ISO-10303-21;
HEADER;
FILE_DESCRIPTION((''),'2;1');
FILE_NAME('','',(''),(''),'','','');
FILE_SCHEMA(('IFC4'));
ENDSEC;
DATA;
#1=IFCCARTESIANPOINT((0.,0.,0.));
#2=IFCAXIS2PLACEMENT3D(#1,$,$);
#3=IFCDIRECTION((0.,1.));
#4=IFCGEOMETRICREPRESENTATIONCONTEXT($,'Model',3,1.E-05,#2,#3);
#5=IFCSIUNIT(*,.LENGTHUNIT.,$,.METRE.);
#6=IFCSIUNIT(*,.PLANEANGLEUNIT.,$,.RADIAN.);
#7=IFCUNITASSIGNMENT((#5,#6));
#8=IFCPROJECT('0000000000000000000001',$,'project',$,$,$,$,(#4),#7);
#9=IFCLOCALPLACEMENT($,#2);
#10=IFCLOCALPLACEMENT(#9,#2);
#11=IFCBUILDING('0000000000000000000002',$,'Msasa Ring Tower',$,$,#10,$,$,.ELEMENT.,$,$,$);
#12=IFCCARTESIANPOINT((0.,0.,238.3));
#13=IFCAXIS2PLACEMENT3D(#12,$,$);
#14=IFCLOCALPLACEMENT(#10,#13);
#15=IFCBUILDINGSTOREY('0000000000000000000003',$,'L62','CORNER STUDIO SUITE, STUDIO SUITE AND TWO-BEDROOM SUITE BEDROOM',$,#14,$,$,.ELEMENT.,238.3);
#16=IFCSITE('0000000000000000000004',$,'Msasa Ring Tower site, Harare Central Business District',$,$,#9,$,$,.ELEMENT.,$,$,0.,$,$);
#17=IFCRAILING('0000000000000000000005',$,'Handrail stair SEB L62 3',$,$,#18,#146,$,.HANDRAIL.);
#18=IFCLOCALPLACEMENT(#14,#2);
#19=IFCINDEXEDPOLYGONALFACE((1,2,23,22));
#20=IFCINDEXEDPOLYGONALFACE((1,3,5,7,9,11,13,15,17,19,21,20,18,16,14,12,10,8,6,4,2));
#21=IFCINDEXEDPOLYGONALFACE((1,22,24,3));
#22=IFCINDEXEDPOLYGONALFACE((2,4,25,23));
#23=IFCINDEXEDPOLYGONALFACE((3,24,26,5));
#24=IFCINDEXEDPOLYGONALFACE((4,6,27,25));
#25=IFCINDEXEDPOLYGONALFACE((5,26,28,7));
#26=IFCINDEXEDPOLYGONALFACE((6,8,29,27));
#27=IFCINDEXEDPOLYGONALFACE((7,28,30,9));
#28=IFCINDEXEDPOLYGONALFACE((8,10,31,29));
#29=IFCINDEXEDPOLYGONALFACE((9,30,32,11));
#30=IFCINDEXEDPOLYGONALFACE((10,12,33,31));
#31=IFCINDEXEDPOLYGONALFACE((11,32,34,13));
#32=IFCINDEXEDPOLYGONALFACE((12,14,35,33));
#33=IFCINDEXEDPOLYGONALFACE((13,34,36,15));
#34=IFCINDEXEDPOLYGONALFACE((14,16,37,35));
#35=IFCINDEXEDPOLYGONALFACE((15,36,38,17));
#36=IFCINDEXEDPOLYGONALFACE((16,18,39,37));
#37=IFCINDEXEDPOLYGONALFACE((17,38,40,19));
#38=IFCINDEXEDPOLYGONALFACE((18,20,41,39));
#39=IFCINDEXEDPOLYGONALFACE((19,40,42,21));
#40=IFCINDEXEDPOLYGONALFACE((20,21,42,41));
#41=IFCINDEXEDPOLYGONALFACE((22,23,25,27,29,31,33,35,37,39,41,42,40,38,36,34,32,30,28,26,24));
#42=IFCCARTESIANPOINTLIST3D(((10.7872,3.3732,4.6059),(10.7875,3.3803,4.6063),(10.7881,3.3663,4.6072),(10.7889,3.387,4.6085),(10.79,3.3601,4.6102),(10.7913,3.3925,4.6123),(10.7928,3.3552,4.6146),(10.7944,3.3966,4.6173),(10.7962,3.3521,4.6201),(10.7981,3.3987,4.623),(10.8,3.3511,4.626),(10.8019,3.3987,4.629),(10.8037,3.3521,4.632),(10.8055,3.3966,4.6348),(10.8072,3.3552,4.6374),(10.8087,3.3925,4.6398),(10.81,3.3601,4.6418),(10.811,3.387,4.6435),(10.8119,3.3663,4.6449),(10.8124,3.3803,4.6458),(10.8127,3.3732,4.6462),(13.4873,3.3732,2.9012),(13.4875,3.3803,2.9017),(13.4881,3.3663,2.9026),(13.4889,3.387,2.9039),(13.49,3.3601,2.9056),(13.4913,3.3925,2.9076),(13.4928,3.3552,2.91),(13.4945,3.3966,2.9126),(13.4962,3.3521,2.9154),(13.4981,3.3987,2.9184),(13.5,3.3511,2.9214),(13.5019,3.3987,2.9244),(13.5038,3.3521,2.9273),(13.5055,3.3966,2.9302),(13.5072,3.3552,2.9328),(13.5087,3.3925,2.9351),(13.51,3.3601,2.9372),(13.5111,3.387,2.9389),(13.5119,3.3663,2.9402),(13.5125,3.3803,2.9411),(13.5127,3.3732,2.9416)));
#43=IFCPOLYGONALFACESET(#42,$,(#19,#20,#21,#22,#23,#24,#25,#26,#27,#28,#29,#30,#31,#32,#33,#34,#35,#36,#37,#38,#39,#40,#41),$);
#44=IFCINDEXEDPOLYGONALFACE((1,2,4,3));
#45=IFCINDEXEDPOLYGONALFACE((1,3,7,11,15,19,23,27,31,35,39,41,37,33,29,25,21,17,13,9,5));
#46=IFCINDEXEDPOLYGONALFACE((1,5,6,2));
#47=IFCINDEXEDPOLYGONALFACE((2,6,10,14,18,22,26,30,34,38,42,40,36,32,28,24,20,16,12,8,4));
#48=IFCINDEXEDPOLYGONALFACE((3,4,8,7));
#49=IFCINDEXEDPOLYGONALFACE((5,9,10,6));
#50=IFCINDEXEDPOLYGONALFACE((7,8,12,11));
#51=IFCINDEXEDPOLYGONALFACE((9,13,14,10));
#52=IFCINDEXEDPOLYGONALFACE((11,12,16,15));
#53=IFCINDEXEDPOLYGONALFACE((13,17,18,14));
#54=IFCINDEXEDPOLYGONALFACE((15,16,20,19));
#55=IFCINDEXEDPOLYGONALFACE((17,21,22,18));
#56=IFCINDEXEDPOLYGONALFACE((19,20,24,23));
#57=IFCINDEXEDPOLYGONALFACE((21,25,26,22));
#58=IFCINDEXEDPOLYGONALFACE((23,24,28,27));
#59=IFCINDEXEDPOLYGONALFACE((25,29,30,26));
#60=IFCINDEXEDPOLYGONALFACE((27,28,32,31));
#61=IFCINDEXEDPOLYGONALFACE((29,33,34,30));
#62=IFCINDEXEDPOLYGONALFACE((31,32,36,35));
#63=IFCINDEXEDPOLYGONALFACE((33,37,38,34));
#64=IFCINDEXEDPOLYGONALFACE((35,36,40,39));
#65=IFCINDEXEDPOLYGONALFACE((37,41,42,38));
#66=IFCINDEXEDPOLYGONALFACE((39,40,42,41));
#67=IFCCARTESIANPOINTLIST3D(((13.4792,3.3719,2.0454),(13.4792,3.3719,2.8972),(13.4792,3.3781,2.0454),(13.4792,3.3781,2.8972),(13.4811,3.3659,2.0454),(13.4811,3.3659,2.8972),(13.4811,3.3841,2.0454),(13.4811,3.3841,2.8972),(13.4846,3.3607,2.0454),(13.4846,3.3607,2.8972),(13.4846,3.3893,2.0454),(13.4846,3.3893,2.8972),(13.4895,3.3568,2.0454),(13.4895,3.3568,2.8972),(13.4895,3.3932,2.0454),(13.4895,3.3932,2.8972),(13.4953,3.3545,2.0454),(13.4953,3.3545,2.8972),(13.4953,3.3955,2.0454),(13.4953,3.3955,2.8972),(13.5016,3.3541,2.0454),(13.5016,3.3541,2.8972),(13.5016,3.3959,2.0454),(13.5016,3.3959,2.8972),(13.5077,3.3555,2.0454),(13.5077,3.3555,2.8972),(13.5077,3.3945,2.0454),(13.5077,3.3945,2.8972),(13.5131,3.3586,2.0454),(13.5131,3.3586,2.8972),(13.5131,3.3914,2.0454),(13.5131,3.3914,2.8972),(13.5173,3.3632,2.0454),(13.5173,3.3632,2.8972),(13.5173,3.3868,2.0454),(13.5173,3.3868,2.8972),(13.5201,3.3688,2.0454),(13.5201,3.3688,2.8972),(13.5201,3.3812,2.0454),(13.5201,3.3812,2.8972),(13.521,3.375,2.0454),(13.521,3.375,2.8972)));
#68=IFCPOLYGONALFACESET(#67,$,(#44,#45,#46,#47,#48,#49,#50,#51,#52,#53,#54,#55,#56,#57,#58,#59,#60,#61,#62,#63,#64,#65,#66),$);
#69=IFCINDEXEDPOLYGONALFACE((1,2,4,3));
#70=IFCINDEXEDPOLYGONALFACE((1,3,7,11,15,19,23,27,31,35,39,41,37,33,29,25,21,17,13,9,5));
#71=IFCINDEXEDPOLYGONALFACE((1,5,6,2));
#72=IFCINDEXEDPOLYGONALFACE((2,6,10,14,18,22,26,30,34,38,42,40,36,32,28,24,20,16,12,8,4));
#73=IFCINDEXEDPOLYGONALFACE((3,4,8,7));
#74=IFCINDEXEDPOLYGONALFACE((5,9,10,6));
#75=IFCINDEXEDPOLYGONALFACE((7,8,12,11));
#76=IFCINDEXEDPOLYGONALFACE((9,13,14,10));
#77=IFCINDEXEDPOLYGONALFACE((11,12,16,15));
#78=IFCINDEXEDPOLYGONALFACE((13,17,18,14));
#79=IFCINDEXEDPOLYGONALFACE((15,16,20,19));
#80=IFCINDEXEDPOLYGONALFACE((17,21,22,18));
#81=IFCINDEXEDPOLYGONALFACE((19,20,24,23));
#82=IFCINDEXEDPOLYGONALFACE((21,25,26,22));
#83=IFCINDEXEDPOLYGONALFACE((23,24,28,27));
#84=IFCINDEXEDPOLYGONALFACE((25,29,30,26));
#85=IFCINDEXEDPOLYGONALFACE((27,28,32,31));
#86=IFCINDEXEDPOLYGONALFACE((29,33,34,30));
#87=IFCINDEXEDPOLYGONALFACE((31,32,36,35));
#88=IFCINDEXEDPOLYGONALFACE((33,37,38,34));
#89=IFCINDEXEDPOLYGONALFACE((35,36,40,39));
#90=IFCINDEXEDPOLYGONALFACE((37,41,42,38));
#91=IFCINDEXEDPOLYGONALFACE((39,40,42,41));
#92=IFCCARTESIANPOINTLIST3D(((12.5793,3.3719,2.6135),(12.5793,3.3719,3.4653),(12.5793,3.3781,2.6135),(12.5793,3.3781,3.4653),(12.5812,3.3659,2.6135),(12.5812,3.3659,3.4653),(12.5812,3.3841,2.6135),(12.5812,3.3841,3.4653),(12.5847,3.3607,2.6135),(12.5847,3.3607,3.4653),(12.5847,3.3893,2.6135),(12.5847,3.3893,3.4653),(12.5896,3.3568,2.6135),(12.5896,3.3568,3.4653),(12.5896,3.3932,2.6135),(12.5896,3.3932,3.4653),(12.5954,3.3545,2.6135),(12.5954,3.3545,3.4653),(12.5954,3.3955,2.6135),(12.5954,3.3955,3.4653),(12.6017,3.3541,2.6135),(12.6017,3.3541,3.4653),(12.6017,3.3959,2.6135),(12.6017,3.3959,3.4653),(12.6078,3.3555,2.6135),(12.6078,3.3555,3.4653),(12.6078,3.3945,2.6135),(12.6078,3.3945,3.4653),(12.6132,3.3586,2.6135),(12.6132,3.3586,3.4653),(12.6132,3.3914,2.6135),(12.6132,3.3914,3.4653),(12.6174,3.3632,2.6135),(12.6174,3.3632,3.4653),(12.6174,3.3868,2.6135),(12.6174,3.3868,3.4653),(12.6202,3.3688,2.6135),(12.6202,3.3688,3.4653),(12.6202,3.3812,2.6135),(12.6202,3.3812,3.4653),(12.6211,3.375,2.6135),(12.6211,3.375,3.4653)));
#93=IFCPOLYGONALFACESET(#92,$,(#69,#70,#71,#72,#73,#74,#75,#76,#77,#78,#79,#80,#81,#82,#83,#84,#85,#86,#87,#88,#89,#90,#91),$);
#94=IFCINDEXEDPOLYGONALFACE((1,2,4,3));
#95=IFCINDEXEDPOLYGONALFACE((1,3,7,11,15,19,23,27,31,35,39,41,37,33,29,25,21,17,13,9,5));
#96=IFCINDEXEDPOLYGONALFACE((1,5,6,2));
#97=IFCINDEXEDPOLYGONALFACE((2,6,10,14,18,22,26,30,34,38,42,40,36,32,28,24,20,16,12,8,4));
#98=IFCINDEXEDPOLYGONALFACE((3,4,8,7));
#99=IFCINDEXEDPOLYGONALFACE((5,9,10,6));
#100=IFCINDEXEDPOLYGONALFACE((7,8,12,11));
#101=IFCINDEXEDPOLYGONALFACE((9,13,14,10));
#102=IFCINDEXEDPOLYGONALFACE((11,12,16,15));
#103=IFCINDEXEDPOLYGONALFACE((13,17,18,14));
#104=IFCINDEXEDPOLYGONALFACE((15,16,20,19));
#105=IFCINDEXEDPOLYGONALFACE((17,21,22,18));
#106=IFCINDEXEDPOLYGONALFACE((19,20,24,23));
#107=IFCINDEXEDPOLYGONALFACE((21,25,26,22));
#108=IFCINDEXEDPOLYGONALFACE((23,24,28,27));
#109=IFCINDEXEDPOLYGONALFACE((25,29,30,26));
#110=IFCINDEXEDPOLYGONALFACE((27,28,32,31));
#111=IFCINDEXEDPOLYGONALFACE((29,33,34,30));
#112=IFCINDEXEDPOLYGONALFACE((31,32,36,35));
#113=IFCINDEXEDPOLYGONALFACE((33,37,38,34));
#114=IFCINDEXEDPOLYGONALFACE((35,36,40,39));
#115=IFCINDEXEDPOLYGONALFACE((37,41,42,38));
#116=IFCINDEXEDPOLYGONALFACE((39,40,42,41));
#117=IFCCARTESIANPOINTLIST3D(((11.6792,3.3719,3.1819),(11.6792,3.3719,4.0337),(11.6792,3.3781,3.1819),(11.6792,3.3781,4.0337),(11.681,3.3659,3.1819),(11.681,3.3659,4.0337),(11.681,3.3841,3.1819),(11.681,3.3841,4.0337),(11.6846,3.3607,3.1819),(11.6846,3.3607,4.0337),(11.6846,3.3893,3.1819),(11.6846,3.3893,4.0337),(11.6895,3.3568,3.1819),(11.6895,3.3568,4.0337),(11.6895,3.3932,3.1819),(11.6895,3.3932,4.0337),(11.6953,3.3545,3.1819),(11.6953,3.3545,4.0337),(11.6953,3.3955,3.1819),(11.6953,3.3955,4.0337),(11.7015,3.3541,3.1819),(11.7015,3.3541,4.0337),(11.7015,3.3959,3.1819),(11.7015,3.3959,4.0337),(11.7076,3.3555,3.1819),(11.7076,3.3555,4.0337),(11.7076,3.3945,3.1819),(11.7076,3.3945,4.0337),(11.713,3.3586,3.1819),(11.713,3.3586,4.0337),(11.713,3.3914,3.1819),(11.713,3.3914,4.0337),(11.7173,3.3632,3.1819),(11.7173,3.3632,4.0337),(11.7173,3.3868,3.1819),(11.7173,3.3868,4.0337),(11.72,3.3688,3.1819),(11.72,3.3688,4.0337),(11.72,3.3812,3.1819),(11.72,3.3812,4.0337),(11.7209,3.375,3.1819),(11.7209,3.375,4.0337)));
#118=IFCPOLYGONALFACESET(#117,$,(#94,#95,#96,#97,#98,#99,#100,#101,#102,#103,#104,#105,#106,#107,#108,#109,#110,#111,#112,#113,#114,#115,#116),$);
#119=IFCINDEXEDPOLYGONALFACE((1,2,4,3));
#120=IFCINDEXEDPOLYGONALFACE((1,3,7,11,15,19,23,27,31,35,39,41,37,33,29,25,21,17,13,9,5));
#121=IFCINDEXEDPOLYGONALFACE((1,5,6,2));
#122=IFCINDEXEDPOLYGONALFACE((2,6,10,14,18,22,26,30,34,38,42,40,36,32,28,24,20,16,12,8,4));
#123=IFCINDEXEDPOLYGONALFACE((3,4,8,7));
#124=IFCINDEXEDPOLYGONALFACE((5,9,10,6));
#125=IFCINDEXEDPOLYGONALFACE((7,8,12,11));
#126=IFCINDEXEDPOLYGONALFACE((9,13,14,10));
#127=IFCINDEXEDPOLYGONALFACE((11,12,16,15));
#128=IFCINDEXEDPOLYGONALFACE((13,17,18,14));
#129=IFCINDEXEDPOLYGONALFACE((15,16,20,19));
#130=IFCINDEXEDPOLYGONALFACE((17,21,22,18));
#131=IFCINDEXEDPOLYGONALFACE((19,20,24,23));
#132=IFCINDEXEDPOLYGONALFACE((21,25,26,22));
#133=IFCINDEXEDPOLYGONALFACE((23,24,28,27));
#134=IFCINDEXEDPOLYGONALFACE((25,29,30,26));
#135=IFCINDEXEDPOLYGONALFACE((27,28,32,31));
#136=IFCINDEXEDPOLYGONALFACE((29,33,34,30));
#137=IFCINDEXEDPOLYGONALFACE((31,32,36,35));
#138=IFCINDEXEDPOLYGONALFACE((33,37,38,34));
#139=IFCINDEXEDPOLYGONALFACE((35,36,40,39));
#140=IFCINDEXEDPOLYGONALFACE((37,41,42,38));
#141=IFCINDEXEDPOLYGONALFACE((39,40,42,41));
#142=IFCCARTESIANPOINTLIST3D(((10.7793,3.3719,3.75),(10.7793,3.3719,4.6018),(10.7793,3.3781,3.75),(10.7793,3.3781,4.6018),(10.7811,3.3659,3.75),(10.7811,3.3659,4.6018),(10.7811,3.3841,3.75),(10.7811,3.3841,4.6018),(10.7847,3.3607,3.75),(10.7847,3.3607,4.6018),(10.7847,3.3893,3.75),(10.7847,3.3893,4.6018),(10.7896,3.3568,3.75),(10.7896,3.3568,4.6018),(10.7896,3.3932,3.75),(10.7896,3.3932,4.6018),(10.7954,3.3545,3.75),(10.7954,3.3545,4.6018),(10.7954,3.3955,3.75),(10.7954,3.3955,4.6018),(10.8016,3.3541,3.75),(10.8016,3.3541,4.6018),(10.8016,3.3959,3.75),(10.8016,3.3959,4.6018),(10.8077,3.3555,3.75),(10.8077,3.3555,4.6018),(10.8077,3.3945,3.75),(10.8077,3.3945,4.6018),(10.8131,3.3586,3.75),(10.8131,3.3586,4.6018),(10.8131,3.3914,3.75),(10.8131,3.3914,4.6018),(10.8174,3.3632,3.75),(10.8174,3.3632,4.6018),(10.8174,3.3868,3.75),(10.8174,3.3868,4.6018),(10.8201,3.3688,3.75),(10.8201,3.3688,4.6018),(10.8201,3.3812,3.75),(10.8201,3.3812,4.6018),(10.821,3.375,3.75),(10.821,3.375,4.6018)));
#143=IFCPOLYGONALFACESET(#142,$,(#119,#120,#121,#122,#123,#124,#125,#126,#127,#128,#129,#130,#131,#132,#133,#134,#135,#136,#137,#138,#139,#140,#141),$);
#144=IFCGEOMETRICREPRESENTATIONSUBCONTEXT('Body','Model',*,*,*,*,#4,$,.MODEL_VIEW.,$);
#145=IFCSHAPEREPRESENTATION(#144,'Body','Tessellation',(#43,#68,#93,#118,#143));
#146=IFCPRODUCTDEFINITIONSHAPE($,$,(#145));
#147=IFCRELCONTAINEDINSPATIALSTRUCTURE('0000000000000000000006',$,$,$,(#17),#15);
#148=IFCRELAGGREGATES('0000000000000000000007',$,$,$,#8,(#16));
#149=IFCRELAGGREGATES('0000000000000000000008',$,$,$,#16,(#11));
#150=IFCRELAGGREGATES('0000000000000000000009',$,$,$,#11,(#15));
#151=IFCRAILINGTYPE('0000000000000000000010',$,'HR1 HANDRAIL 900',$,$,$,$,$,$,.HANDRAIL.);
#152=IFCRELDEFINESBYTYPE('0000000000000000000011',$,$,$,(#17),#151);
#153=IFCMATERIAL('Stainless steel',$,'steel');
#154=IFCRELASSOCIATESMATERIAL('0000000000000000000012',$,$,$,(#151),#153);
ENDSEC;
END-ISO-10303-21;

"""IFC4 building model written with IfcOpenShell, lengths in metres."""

from ifc_helpers import new_model, si_unit, direction, frame, origin, origin_2d, place, context, subcontext, project, spatial, circle, extrude, material, type_object, element, save


model = new_model("IFC4")

# Units and contexts
model_context = context("Model", 3, precision=1e-05, world=origin(), true_north=direction((0.0, 1.0)))
body_context = subcontext(model_context, "Body", "Model", "MODEL_VIEW")
ifc_project = project(units=[si_unit("LENGTHUNIT", "METRE"), si_unit("PLANEANGLEUNIT", "RADIAN")], contexts=[model_context])

# Site, building, storey
site_placement = place(None, origin())
site = spatial("IfcSite", under=ifc_project, at=site_placement, Name="Msasa Ring Tower site, Harare Central Business District", CompositionType="ELEMENT", RefElevation=0.0)
building_placement = place(site_placement, origin())
building = spatial("IfcBuilding", under=site, at=building_placement, Name="Msasa Ring Tower", CompositionType="ELEMENT")
storey_placement = place(building_placement, frame((0.0, 0.0, 238.3)))
storey = spatial("IfcBuildingStorey", under=building, at=storey_placement, Name="L62", Description="CORNER STUDIO SUITE, STUDIO SUITE AND TWO-BEDROOM SUITE BEDROOM", CompositionType="ELEMENT", Elevation=238.3)

# Railing
ifc_material_1 = material(Name="Stainless steel", Category="steel")
railing_type = type_object("IfcRailingType", Name="HR1 HANDRAIL 900", PredefinedType="HANDRAIL", material=ifc_material_1)
for number, where, name in (
    (1, (13.5, 3.375, 2.0454), "Handrail stair SEB L62 3"),
):
    element("IfcRailing", number, at=place(storey_placement, frame(where)), inside=storey, type_object=railing_type, Name=name, PredefinedType="HANDRAIL", context=body_context, shape_type="SweptSolid", body=[
        extrude(circle(Radius=0.0239, at=origin_2d()), frame((0.0, 0.0, 0.876), z_axis=(-0.84558, 0.0, 0.533849), x_axis=(0.0, -1.0, 0.0)), (0.0, 0.0, 1.0), 3.1931),
        extrude(circle(Radius=0.021, at=origin_2d()), origin(), (0.0, 0.0, 1.0), 0.8518),
        extrude(circle(Radius=0.021, at=origin_2d()), frame((-0.8999, 0.0, 0.5681)), (0.0, 0.0, 1.0), 0.8518),
        extrude(circle(Radius=0.021, at=origin_2d()), frame((-1.8, 0.0, 1.1365)), (0.0, 0.0, 1.0), 0.8518),
        extrude(circle(Radius=0.021, at=origin_2d()), frame((-2.7, 0.0, 1.7046)), (0.0, 0.0, 1.0), 0.8518),
    ])

save(model, "model.ifc")
